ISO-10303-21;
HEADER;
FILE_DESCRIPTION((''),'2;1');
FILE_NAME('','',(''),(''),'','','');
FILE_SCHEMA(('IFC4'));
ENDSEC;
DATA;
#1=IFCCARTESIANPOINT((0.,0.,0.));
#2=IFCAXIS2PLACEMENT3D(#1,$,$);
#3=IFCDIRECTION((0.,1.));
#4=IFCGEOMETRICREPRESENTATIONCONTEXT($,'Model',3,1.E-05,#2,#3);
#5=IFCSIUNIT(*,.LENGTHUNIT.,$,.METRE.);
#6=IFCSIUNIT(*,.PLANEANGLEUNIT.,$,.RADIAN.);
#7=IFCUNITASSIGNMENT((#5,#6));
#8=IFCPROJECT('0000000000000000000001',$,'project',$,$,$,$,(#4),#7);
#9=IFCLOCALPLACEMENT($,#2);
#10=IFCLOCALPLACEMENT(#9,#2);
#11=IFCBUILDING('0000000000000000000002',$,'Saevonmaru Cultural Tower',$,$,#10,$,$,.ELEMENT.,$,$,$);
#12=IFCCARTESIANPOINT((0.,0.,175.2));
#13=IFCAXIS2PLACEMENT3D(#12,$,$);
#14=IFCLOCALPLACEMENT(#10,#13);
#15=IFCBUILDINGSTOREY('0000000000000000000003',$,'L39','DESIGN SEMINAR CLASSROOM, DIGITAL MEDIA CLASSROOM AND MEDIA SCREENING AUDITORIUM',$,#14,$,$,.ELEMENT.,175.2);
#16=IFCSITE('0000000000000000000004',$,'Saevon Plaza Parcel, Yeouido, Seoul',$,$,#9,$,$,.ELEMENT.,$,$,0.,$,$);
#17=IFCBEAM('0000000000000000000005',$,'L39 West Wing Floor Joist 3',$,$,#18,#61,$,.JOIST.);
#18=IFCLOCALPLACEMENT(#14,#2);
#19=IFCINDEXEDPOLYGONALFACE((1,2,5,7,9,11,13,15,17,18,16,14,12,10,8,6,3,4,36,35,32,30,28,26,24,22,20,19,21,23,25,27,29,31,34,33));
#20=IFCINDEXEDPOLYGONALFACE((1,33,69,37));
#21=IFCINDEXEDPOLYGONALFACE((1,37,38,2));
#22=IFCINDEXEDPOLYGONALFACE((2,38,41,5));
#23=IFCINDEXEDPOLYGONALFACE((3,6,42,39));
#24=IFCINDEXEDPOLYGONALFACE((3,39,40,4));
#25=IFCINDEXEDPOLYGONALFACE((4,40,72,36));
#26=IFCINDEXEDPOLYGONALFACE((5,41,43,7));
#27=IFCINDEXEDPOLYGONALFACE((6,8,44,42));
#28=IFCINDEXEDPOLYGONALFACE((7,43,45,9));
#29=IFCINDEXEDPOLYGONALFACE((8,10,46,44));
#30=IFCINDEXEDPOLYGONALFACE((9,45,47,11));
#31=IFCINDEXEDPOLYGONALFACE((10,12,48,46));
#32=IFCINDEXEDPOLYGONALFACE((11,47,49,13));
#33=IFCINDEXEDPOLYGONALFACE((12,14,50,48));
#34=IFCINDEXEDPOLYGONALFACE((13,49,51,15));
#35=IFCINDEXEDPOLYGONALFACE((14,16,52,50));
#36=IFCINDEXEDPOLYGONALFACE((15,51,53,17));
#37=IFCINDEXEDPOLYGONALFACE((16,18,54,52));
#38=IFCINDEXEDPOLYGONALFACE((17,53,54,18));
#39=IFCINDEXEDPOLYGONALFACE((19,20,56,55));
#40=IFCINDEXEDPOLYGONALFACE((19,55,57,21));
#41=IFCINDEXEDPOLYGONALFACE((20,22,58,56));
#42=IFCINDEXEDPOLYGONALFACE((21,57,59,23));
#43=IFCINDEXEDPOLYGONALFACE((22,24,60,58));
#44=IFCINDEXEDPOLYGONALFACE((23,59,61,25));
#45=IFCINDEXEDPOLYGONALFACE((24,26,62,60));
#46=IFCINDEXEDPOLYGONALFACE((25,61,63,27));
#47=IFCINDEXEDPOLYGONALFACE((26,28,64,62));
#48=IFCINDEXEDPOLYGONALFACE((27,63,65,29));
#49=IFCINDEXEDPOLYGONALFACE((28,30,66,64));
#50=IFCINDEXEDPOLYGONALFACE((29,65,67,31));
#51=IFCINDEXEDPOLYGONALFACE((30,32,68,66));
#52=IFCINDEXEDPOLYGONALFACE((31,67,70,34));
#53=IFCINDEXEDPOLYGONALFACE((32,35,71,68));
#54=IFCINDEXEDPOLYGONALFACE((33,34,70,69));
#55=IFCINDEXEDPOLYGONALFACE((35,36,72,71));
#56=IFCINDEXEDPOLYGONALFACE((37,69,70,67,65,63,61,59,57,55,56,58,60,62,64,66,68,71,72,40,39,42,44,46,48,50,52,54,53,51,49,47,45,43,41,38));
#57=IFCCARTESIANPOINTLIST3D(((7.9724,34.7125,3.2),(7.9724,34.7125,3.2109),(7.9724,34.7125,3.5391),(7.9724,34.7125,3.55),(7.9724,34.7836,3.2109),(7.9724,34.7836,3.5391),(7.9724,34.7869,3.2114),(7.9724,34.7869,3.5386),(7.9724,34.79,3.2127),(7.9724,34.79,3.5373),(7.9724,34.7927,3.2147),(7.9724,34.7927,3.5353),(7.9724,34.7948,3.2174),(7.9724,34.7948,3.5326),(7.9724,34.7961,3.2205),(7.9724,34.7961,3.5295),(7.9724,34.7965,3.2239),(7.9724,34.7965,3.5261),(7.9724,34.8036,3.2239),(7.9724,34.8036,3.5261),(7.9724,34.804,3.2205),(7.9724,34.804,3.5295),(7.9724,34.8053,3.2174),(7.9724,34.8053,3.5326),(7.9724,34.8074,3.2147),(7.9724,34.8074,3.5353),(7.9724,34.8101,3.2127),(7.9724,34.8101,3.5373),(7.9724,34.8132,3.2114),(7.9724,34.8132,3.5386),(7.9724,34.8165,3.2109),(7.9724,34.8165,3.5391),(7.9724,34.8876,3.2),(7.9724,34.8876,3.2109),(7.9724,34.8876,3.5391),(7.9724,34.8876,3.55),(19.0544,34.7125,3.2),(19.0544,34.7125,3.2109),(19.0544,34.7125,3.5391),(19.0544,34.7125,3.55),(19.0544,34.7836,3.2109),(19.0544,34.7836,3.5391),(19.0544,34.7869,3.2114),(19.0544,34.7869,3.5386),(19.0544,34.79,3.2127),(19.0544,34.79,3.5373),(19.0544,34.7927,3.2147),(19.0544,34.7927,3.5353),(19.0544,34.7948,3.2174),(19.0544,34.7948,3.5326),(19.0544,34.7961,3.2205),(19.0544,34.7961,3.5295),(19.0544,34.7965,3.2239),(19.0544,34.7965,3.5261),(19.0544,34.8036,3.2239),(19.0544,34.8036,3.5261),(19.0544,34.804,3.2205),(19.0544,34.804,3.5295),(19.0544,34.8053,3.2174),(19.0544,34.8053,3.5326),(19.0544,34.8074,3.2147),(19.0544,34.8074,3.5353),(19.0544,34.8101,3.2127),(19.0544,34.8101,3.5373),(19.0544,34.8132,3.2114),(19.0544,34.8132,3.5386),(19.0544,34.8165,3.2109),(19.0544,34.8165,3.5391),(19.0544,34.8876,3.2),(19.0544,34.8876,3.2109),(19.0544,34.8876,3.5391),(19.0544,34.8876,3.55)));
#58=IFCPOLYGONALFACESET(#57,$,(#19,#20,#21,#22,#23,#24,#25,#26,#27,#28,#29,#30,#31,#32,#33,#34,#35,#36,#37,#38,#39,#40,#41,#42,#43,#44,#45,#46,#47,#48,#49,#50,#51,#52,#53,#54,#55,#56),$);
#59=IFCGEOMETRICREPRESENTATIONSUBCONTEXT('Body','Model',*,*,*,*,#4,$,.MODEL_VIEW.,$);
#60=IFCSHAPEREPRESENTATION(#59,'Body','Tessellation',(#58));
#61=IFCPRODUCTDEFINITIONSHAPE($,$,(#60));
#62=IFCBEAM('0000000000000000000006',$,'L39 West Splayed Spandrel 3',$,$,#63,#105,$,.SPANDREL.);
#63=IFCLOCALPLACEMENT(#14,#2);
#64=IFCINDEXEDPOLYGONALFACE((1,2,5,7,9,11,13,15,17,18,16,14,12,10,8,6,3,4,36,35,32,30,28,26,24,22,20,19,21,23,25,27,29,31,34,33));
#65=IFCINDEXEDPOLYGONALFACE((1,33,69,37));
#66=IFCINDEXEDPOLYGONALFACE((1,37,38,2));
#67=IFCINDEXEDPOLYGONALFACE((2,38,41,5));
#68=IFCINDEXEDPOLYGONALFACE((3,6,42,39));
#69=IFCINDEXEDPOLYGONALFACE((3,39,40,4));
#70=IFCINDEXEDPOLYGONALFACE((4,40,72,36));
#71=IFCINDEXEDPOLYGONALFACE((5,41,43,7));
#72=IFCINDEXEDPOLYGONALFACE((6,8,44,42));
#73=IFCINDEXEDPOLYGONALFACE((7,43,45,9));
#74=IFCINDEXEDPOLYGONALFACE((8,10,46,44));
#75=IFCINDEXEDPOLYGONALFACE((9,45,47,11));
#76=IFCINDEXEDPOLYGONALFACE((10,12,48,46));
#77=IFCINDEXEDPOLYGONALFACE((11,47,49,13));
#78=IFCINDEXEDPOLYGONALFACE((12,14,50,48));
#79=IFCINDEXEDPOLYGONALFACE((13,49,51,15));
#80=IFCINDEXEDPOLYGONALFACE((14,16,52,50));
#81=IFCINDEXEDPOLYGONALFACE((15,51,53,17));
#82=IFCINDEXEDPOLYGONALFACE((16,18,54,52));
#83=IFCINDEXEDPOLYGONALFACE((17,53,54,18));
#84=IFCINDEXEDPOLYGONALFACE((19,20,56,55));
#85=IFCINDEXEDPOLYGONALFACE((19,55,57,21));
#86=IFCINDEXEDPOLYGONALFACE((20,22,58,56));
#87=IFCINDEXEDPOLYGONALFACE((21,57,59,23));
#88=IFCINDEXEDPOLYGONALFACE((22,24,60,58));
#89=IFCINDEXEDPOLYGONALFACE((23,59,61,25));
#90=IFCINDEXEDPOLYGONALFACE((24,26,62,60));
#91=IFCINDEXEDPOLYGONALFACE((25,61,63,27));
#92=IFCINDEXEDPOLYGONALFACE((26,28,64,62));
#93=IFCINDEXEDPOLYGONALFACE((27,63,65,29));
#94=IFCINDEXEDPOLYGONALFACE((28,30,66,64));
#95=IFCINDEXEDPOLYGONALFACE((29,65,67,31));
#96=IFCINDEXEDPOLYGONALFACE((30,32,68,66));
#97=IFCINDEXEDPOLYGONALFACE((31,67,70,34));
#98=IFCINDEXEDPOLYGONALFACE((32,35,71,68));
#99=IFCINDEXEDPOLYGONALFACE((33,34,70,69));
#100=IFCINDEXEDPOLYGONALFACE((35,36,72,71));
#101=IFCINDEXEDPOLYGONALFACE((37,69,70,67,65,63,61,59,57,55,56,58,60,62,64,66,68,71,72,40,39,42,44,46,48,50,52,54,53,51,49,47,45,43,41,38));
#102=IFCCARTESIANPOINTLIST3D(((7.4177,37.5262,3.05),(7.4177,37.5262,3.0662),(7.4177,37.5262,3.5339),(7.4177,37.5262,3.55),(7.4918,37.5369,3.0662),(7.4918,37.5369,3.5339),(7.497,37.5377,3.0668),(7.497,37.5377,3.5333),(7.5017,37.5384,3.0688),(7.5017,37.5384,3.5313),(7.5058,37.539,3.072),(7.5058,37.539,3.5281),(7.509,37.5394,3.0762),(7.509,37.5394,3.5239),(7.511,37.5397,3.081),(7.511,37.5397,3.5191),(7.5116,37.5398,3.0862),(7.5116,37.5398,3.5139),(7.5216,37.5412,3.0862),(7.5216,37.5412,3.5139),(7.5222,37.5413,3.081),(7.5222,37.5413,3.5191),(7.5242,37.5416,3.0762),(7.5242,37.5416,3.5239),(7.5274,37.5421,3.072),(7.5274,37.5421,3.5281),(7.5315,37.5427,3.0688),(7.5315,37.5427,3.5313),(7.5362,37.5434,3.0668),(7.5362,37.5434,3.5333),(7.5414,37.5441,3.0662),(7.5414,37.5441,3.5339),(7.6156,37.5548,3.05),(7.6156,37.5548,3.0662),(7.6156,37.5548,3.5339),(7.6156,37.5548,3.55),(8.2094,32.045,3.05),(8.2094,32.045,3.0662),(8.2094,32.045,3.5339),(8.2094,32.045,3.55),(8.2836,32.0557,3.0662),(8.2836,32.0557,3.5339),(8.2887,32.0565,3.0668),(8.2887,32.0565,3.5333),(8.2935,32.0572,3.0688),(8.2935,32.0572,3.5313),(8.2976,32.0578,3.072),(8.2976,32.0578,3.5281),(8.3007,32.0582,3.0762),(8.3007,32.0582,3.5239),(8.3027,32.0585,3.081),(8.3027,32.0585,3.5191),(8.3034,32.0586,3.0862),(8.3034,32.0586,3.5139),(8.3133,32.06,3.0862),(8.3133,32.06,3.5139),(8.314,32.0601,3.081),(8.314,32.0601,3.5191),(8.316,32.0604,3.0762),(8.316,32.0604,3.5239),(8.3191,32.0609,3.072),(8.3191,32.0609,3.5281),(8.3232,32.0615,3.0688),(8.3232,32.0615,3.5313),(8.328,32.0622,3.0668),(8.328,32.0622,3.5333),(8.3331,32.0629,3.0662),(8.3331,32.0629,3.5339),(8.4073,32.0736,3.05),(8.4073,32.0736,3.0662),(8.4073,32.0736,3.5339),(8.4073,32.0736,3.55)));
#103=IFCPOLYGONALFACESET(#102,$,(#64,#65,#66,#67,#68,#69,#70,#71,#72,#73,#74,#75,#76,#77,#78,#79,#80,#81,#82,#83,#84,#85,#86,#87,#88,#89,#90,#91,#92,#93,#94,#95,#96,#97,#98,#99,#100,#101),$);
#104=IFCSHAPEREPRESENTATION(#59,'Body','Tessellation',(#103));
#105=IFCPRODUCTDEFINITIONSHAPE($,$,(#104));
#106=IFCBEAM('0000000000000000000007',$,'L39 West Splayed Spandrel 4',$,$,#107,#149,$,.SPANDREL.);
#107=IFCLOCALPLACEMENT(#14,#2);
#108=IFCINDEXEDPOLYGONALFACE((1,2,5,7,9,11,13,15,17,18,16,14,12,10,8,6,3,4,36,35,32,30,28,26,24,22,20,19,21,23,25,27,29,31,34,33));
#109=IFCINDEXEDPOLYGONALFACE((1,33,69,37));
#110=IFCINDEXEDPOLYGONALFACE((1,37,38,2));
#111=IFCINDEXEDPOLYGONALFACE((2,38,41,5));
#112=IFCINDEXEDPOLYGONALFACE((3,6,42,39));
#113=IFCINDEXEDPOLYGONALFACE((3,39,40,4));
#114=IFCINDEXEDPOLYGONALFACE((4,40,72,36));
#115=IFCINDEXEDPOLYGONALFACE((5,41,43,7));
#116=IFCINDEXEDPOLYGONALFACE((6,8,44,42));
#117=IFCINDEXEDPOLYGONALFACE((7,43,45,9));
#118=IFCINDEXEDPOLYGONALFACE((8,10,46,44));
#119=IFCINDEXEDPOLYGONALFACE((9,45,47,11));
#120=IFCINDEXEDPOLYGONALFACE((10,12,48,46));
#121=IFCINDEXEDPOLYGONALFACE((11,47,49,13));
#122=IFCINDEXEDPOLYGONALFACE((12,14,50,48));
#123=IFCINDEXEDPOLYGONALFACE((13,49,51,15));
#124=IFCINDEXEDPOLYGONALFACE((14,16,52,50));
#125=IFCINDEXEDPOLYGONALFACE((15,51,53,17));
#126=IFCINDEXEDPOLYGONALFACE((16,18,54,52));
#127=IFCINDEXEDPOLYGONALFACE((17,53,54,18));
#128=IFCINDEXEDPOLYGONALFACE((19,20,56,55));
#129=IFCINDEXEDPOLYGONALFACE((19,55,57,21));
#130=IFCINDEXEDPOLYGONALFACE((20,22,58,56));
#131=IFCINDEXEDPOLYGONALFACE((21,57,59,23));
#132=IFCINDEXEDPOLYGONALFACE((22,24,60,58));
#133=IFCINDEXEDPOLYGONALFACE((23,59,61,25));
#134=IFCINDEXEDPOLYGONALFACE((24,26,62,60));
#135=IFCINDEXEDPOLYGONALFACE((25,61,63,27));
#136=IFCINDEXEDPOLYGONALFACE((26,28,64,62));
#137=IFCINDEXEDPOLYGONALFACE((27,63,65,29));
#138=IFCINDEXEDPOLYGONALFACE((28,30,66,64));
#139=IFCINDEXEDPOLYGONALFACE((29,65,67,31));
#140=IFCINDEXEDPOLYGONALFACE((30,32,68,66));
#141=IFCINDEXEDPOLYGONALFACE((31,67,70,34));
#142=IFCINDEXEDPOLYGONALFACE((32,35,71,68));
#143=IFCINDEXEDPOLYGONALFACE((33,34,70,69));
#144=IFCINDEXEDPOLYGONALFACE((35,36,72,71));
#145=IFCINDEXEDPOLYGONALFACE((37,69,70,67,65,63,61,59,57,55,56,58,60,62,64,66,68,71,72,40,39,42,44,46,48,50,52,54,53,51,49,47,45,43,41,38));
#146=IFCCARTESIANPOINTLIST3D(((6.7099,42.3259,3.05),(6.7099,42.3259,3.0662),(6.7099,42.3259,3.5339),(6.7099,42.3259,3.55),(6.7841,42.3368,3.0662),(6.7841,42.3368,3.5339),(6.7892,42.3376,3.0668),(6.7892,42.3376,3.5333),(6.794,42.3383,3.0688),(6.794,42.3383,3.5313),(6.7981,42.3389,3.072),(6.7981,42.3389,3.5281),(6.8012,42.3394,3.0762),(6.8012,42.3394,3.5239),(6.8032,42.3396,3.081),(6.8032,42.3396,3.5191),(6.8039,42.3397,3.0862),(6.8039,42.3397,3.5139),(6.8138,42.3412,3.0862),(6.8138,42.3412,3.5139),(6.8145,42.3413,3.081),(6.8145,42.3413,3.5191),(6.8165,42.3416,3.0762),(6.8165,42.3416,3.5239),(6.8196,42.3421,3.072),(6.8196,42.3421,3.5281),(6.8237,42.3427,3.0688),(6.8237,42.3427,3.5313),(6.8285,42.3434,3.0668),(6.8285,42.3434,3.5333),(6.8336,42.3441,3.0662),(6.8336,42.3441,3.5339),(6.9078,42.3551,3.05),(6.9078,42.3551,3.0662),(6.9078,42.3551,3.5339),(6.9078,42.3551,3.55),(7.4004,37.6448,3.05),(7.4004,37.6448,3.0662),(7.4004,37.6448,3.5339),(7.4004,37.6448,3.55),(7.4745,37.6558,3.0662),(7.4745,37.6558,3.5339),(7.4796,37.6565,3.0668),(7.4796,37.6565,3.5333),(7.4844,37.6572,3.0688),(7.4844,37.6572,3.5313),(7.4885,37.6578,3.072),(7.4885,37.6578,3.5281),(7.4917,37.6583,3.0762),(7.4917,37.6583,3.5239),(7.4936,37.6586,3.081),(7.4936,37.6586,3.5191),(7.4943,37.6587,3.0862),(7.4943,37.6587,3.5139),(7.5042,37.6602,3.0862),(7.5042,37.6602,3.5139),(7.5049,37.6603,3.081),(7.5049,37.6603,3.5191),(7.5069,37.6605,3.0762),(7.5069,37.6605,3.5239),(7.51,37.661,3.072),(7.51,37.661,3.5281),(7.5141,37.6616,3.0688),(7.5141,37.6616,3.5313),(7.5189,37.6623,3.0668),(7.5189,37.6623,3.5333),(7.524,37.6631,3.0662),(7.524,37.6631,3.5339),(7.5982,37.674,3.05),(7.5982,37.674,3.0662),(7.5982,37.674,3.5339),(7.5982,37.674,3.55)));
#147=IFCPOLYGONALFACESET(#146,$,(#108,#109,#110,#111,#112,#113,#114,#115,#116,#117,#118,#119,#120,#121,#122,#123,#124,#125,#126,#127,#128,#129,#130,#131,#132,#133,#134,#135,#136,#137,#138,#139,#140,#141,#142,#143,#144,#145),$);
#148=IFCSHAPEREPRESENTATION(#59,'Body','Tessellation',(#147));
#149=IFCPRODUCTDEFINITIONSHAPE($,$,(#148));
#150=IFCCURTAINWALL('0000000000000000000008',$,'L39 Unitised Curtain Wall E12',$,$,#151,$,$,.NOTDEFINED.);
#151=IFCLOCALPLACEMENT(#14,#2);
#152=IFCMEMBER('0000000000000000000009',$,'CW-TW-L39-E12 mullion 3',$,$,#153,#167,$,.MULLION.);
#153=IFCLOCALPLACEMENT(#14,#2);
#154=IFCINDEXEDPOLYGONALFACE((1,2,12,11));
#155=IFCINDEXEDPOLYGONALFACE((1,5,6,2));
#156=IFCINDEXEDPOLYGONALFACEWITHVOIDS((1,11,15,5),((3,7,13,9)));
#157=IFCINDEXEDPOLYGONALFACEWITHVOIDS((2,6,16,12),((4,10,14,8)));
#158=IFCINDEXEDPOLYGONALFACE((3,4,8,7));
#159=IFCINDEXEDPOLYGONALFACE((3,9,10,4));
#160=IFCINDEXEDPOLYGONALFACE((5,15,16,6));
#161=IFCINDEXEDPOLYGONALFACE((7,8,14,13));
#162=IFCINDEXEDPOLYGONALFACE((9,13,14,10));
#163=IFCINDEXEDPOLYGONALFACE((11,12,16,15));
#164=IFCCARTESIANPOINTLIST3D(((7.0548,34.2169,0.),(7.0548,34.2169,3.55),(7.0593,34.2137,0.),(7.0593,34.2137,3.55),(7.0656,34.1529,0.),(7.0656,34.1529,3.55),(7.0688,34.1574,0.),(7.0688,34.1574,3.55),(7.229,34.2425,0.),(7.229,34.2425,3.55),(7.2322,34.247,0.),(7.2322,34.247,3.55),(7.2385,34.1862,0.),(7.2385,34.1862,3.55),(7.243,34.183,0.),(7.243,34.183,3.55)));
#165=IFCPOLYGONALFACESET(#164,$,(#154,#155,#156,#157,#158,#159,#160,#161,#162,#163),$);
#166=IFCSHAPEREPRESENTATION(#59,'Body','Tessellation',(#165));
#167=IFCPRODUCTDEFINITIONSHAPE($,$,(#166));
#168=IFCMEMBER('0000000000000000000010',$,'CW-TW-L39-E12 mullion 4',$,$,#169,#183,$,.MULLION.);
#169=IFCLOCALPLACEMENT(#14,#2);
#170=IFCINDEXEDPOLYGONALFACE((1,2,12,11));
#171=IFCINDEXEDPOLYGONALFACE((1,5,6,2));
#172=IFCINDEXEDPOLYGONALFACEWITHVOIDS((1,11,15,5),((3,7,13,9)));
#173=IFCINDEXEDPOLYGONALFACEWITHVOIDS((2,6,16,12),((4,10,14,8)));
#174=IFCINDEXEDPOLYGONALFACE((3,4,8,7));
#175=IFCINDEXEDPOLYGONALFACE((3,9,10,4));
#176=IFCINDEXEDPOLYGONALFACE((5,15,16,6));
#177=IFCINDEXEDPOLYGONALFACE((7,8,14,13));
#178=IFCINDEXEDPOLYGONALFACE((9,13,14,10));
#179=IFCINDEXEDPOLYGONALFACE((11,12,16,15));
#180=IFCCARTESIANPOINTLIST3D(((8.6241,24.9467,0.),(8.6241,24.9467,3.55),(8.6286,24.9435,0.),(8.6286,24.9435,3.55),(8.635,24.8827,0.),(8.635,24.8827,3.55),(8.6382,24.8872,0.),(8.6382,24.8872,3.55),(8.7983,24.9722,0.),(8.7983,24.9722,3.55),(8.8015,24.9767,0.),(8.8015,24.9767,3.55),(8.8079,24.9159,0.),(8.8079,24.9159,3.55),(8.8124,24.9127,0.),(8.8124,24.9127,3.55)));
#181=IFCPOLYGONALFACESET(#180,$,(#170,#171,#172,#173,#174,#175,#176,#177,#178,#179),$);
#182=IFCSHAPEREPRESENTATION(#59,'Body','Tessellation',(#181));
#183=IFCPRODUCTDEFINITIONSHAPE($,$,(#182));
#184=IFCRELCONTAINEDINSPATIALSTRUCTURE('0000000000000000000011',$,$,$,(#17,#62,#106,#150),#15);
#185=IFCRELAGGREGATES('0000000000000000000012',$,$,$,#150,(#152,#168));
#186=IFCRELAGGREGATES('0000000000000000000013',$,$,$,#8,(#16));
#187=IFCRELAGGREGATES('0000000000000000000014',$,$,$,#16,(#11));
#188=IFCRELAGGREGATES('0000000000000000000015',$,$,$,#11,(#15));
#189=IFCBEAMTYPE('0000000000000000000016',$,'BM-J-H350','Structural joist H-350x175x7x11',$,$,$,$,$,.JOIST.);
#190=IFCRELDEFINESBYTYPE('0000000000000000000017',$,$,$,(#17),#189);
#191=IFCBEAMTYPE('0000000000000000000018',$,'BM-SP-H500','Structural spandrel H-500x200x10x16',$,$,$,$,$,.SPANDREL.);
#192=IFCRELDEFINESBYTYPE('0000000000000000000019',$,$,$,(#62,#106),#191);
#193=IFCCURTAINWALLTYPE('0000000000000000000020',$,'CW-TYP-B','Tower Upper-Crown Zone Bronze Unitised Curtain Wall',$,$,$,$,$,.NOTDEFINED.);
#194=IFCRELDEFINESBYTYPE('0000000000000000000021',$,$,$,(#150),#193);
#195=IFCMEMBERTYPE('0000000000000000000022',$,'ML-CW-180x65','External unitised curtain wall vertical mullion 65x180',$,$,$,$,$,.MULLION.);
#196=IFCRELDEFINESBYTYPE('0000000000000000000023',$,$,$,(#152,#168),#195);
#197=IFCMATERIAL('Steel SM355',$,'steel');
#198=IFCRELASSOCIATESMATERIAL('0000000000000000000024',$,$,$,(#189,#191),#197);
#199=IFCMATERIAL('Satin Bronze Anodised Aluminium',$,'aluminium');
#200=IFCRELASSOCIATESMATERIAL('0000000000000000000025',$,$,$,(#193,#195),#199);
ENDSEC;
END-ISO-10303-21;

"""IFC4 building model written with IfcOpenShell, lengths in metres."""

from ifc_helpers import new_model, si_unit, direction, frame, origin, origin_2d, place, context, subcontext, project, spatial, hollow_rectangle, i_section, extrude, material, material_profile, profile_set, type_object, element, aggregate, save


model = new_model("IFC4")

# Units and contexts
model_context = context("Model", 3, precision=1e-05, world=origin(), true_north=direction((0.0, 1.0)))
body_context = subcontext(model_context, "Body", "Model", "MODEL_VIEW")
ifc_project = project(units=[si_unit("LENGTHUNIT", "METRE"), si_unit("PLANEANGLEUNIT", "RADIAN")], contexts=[model_context])

# Site, building, storey
site_placement = place(None, origin())
site = spatial("IfcSite", under=ifc_project, at=site_placement, Name="Saevon Plaza Parcel, Yeouido, Seoul", CompositionType="ELEMENT", RefElevation=0.0)
building_placement = place(site_placement, origin())
building = spatial("IfcBuilding", under=site, at=building_placement, Name="Saevonmaru Cultural Tower", CompositionType="ELEMENT")
storey_placement = place(building_placement, frame((0.0, 0.0, 175.2)))
storey = spatial("IfcBuildingStorey", under=building, at=storey_placement, Name="L39", Description="DESIGN SEMINAR CLASSROOM, DIGITAL MEDIA CLASSROOM AND MEDIA SCREENING AUDITORIUM", CompositionType="ELEMENT", Elevation=175.2)

# Beams
ifc_material_1 = material(Name="Steel SM355", Category="steel")
ifc_material_profile_1 = material_profile(ifc_material_1, i_section(OverallWidth=0.175, OverallDepth=0.3501, WebThickness=0.0071, FlangeThickness=0.011, FilletRadius=0.0129, at=origin_2d()), Name="H-350x175x7x11")
ifc_profile_set_1 = profile_set([ifc_material_profile_1], Name="Steel SM355")
beam_type_1 = type_object("IfcBeamType", Name="BM-J-H350", Description="Structural joist H-350x175x7x11", PredefinedType="JOIST", material=ifc_profile_set_1)
for number, where, z_axis, x_axis, name in (
    (1, (7.9724, 34.8, 3.375), (1.0, 0.0, 0.0), (0.0, 1.0, 0.0), "L39 West Wing Floor Joist 3"),
):
    element("IfcBeam", number, at=place(storey_placement, frame(where, z_axis=z_axis, x_axis=x_axis)), inside=storey, type_object=beam_type_1, Name=name, PredefinedType="JOIST", context=body_context, shape_type="SweptSolid", body=[
        extrude(i_section(OverallWidth=0.175, OverallDepth=0.3501, WebThickness=0.0071, FlangeThickness=0.011, FilletRadius=0.0129, at=origin_2d()), origin(), (0.0, 0.0, 1.0), 11.082),
    ])
ifc_material_profile_2 = material_profile(ifc_material_1, i_section(OverallWidth=0.2, OverallDepth=0.5, WebThickness=0.01, FlangeThickness=0.0161, FilletRadius=0.02, at=origin_2d()), Name="H-500x200x10x16")
ifc_profile_set_2 = profile_set([ifc_material_profile_2], Name="Steel SM355")
beam_type_2 = type_object("IfcBeamType", Name="BM-SP-H500", Description="Structural spandrel H-500x200x10x16", PredefinedType="SPANDREL", material=ifc_profile_set_2)
beam_1_placement = place(storey_placement, frame((8.3083, 32.0593, 3.3), z_axis=(-0.142964, 0.989728, 0.0), x_axis=(-0.989728, -0.142964, 0.0)))
element("IfcBeam", 2, at=beam_1_placement, inside=storey, type_object=beam_type_2, Name="L39 West Splayed Spandrel 3", PredefinedType="SPANDREL", context=body_context, shape_type="SweptSolid", body=[
    extrude(i_section(OverallWidth=0.2, OverallDepth=0.5, WebThickness=0.01, FlangeThickness=0.0161, FilletRadius=0.02, at=origin_2d()), origin(), (0.0, 0.0, 1.0), 5.5381),
])
beam_2_placement = place(storey_placement, frame((7.4993, 37.6594, 3.3), z_axis=(-0.145913, 0.989297, 0.0), x_axis=(-0.989297, -0.145913, 0.0)))
element("IfcBeam", 3, at=beam_2_placement, inside=storey, type_object=beam_type_2, Name="L39 West Splayed Spandrel 4", PredefinedType="SPANDREL", context=body_context, shape_type="SweptSolid", body=[
    extrude(i_section(OverallWidth=0.2, OverallDepth=0.5, WebThickness=0.01, FlangeThickness=0.0161, FilletRadius=0.02, at=origin_2d()), origin(), (0.0, 0.0, 1.0), 4.7317),
])

# Curtain wall, members
ifc_material_2 = material(Name="Satin Bronze Anodised Aluminium", Category="aluminium")
curtain_wall_type = type_object("IfcCurtainWallType", Name="CW-TYP-B", Description="Tower Upper-Crown Zone Bronze Unitised Curtain Wall", PredefinedType="NOTDEFINED", material=ifc_material_2)
curtain_wall_placement = place(storey_placement, origin())
curtain_wall = element("IfcCurtainWall", 4, at=curtain_wall_placement, inside=storey, type_object=curtain_wall_type, Name="L39 Unitised Curtain Wall E12", PredefinedType="NOTDEFINED")
ifc_material_profile_3 = material_profile(ifc_material_2, hollow_rectangle(XDim=0.0649, YDim=0.1799, WallThickness=0.0039, at=origin_2d()), Name="ALU-MULL-180x65x4")
ifc_profile_set_3 = profile_set([ifc_material_profile_3], Name="Satin Bronze Anodised Aluminium")
member_type_1 = type_object("IfcMemberType", Name="ML-CW-180x65", Description="External unitised curtain wall vertical mullion 65x180", PredefinedType="MULLION", material=ifc_profile_set_3)
member_1_placement = place(storey_placement, frame((7.1489, 34.2, 0.0), z_axis=(0.0, 0.0, 1.0), x_axis=(0.166922, -0.98597, 0.0)))
member_1 = element("IfcMember", 5, at=member_1_placement, type_object=member_type_1, Name="CW-TW-L39-E12 mullion 3", PredefinedType="MULLION", context=body_context, shape_type="SweptSolid", body=[
    extrude(hollow_rectangle(XDim=0.0649, YDim=0.1799, WallThickness=0.0039, at=origin_2d()), origin(), (0.0, 0.0, 1.0), 3.55),
])
member_2_placement = place(storey_placement, frame((8.7183, 24.9297, 0.0), z_axis=(0.0, 0.0, 1.0), x_axis=(0.166922, -0.98597, 0.0)))
member_2 = element("IfcMember", 6, at=member_2_placement, type_object=member_type_1, Name="CW-TW-L39-E12 mullion 4", PredefinedType="MULLION", context=body_context, shape_type="SweptSolid", body=[
    extrude(hollow_rectangle(XDim=0.0649, YDim=0.1799, WallThickness=0.0039, at=origin_2d()), origin(), (0.0, 0.0, 1.0), 3.55),
])
aggregate(curtain_wall, [member_1, member_2])

save(model, "model.ifc")
